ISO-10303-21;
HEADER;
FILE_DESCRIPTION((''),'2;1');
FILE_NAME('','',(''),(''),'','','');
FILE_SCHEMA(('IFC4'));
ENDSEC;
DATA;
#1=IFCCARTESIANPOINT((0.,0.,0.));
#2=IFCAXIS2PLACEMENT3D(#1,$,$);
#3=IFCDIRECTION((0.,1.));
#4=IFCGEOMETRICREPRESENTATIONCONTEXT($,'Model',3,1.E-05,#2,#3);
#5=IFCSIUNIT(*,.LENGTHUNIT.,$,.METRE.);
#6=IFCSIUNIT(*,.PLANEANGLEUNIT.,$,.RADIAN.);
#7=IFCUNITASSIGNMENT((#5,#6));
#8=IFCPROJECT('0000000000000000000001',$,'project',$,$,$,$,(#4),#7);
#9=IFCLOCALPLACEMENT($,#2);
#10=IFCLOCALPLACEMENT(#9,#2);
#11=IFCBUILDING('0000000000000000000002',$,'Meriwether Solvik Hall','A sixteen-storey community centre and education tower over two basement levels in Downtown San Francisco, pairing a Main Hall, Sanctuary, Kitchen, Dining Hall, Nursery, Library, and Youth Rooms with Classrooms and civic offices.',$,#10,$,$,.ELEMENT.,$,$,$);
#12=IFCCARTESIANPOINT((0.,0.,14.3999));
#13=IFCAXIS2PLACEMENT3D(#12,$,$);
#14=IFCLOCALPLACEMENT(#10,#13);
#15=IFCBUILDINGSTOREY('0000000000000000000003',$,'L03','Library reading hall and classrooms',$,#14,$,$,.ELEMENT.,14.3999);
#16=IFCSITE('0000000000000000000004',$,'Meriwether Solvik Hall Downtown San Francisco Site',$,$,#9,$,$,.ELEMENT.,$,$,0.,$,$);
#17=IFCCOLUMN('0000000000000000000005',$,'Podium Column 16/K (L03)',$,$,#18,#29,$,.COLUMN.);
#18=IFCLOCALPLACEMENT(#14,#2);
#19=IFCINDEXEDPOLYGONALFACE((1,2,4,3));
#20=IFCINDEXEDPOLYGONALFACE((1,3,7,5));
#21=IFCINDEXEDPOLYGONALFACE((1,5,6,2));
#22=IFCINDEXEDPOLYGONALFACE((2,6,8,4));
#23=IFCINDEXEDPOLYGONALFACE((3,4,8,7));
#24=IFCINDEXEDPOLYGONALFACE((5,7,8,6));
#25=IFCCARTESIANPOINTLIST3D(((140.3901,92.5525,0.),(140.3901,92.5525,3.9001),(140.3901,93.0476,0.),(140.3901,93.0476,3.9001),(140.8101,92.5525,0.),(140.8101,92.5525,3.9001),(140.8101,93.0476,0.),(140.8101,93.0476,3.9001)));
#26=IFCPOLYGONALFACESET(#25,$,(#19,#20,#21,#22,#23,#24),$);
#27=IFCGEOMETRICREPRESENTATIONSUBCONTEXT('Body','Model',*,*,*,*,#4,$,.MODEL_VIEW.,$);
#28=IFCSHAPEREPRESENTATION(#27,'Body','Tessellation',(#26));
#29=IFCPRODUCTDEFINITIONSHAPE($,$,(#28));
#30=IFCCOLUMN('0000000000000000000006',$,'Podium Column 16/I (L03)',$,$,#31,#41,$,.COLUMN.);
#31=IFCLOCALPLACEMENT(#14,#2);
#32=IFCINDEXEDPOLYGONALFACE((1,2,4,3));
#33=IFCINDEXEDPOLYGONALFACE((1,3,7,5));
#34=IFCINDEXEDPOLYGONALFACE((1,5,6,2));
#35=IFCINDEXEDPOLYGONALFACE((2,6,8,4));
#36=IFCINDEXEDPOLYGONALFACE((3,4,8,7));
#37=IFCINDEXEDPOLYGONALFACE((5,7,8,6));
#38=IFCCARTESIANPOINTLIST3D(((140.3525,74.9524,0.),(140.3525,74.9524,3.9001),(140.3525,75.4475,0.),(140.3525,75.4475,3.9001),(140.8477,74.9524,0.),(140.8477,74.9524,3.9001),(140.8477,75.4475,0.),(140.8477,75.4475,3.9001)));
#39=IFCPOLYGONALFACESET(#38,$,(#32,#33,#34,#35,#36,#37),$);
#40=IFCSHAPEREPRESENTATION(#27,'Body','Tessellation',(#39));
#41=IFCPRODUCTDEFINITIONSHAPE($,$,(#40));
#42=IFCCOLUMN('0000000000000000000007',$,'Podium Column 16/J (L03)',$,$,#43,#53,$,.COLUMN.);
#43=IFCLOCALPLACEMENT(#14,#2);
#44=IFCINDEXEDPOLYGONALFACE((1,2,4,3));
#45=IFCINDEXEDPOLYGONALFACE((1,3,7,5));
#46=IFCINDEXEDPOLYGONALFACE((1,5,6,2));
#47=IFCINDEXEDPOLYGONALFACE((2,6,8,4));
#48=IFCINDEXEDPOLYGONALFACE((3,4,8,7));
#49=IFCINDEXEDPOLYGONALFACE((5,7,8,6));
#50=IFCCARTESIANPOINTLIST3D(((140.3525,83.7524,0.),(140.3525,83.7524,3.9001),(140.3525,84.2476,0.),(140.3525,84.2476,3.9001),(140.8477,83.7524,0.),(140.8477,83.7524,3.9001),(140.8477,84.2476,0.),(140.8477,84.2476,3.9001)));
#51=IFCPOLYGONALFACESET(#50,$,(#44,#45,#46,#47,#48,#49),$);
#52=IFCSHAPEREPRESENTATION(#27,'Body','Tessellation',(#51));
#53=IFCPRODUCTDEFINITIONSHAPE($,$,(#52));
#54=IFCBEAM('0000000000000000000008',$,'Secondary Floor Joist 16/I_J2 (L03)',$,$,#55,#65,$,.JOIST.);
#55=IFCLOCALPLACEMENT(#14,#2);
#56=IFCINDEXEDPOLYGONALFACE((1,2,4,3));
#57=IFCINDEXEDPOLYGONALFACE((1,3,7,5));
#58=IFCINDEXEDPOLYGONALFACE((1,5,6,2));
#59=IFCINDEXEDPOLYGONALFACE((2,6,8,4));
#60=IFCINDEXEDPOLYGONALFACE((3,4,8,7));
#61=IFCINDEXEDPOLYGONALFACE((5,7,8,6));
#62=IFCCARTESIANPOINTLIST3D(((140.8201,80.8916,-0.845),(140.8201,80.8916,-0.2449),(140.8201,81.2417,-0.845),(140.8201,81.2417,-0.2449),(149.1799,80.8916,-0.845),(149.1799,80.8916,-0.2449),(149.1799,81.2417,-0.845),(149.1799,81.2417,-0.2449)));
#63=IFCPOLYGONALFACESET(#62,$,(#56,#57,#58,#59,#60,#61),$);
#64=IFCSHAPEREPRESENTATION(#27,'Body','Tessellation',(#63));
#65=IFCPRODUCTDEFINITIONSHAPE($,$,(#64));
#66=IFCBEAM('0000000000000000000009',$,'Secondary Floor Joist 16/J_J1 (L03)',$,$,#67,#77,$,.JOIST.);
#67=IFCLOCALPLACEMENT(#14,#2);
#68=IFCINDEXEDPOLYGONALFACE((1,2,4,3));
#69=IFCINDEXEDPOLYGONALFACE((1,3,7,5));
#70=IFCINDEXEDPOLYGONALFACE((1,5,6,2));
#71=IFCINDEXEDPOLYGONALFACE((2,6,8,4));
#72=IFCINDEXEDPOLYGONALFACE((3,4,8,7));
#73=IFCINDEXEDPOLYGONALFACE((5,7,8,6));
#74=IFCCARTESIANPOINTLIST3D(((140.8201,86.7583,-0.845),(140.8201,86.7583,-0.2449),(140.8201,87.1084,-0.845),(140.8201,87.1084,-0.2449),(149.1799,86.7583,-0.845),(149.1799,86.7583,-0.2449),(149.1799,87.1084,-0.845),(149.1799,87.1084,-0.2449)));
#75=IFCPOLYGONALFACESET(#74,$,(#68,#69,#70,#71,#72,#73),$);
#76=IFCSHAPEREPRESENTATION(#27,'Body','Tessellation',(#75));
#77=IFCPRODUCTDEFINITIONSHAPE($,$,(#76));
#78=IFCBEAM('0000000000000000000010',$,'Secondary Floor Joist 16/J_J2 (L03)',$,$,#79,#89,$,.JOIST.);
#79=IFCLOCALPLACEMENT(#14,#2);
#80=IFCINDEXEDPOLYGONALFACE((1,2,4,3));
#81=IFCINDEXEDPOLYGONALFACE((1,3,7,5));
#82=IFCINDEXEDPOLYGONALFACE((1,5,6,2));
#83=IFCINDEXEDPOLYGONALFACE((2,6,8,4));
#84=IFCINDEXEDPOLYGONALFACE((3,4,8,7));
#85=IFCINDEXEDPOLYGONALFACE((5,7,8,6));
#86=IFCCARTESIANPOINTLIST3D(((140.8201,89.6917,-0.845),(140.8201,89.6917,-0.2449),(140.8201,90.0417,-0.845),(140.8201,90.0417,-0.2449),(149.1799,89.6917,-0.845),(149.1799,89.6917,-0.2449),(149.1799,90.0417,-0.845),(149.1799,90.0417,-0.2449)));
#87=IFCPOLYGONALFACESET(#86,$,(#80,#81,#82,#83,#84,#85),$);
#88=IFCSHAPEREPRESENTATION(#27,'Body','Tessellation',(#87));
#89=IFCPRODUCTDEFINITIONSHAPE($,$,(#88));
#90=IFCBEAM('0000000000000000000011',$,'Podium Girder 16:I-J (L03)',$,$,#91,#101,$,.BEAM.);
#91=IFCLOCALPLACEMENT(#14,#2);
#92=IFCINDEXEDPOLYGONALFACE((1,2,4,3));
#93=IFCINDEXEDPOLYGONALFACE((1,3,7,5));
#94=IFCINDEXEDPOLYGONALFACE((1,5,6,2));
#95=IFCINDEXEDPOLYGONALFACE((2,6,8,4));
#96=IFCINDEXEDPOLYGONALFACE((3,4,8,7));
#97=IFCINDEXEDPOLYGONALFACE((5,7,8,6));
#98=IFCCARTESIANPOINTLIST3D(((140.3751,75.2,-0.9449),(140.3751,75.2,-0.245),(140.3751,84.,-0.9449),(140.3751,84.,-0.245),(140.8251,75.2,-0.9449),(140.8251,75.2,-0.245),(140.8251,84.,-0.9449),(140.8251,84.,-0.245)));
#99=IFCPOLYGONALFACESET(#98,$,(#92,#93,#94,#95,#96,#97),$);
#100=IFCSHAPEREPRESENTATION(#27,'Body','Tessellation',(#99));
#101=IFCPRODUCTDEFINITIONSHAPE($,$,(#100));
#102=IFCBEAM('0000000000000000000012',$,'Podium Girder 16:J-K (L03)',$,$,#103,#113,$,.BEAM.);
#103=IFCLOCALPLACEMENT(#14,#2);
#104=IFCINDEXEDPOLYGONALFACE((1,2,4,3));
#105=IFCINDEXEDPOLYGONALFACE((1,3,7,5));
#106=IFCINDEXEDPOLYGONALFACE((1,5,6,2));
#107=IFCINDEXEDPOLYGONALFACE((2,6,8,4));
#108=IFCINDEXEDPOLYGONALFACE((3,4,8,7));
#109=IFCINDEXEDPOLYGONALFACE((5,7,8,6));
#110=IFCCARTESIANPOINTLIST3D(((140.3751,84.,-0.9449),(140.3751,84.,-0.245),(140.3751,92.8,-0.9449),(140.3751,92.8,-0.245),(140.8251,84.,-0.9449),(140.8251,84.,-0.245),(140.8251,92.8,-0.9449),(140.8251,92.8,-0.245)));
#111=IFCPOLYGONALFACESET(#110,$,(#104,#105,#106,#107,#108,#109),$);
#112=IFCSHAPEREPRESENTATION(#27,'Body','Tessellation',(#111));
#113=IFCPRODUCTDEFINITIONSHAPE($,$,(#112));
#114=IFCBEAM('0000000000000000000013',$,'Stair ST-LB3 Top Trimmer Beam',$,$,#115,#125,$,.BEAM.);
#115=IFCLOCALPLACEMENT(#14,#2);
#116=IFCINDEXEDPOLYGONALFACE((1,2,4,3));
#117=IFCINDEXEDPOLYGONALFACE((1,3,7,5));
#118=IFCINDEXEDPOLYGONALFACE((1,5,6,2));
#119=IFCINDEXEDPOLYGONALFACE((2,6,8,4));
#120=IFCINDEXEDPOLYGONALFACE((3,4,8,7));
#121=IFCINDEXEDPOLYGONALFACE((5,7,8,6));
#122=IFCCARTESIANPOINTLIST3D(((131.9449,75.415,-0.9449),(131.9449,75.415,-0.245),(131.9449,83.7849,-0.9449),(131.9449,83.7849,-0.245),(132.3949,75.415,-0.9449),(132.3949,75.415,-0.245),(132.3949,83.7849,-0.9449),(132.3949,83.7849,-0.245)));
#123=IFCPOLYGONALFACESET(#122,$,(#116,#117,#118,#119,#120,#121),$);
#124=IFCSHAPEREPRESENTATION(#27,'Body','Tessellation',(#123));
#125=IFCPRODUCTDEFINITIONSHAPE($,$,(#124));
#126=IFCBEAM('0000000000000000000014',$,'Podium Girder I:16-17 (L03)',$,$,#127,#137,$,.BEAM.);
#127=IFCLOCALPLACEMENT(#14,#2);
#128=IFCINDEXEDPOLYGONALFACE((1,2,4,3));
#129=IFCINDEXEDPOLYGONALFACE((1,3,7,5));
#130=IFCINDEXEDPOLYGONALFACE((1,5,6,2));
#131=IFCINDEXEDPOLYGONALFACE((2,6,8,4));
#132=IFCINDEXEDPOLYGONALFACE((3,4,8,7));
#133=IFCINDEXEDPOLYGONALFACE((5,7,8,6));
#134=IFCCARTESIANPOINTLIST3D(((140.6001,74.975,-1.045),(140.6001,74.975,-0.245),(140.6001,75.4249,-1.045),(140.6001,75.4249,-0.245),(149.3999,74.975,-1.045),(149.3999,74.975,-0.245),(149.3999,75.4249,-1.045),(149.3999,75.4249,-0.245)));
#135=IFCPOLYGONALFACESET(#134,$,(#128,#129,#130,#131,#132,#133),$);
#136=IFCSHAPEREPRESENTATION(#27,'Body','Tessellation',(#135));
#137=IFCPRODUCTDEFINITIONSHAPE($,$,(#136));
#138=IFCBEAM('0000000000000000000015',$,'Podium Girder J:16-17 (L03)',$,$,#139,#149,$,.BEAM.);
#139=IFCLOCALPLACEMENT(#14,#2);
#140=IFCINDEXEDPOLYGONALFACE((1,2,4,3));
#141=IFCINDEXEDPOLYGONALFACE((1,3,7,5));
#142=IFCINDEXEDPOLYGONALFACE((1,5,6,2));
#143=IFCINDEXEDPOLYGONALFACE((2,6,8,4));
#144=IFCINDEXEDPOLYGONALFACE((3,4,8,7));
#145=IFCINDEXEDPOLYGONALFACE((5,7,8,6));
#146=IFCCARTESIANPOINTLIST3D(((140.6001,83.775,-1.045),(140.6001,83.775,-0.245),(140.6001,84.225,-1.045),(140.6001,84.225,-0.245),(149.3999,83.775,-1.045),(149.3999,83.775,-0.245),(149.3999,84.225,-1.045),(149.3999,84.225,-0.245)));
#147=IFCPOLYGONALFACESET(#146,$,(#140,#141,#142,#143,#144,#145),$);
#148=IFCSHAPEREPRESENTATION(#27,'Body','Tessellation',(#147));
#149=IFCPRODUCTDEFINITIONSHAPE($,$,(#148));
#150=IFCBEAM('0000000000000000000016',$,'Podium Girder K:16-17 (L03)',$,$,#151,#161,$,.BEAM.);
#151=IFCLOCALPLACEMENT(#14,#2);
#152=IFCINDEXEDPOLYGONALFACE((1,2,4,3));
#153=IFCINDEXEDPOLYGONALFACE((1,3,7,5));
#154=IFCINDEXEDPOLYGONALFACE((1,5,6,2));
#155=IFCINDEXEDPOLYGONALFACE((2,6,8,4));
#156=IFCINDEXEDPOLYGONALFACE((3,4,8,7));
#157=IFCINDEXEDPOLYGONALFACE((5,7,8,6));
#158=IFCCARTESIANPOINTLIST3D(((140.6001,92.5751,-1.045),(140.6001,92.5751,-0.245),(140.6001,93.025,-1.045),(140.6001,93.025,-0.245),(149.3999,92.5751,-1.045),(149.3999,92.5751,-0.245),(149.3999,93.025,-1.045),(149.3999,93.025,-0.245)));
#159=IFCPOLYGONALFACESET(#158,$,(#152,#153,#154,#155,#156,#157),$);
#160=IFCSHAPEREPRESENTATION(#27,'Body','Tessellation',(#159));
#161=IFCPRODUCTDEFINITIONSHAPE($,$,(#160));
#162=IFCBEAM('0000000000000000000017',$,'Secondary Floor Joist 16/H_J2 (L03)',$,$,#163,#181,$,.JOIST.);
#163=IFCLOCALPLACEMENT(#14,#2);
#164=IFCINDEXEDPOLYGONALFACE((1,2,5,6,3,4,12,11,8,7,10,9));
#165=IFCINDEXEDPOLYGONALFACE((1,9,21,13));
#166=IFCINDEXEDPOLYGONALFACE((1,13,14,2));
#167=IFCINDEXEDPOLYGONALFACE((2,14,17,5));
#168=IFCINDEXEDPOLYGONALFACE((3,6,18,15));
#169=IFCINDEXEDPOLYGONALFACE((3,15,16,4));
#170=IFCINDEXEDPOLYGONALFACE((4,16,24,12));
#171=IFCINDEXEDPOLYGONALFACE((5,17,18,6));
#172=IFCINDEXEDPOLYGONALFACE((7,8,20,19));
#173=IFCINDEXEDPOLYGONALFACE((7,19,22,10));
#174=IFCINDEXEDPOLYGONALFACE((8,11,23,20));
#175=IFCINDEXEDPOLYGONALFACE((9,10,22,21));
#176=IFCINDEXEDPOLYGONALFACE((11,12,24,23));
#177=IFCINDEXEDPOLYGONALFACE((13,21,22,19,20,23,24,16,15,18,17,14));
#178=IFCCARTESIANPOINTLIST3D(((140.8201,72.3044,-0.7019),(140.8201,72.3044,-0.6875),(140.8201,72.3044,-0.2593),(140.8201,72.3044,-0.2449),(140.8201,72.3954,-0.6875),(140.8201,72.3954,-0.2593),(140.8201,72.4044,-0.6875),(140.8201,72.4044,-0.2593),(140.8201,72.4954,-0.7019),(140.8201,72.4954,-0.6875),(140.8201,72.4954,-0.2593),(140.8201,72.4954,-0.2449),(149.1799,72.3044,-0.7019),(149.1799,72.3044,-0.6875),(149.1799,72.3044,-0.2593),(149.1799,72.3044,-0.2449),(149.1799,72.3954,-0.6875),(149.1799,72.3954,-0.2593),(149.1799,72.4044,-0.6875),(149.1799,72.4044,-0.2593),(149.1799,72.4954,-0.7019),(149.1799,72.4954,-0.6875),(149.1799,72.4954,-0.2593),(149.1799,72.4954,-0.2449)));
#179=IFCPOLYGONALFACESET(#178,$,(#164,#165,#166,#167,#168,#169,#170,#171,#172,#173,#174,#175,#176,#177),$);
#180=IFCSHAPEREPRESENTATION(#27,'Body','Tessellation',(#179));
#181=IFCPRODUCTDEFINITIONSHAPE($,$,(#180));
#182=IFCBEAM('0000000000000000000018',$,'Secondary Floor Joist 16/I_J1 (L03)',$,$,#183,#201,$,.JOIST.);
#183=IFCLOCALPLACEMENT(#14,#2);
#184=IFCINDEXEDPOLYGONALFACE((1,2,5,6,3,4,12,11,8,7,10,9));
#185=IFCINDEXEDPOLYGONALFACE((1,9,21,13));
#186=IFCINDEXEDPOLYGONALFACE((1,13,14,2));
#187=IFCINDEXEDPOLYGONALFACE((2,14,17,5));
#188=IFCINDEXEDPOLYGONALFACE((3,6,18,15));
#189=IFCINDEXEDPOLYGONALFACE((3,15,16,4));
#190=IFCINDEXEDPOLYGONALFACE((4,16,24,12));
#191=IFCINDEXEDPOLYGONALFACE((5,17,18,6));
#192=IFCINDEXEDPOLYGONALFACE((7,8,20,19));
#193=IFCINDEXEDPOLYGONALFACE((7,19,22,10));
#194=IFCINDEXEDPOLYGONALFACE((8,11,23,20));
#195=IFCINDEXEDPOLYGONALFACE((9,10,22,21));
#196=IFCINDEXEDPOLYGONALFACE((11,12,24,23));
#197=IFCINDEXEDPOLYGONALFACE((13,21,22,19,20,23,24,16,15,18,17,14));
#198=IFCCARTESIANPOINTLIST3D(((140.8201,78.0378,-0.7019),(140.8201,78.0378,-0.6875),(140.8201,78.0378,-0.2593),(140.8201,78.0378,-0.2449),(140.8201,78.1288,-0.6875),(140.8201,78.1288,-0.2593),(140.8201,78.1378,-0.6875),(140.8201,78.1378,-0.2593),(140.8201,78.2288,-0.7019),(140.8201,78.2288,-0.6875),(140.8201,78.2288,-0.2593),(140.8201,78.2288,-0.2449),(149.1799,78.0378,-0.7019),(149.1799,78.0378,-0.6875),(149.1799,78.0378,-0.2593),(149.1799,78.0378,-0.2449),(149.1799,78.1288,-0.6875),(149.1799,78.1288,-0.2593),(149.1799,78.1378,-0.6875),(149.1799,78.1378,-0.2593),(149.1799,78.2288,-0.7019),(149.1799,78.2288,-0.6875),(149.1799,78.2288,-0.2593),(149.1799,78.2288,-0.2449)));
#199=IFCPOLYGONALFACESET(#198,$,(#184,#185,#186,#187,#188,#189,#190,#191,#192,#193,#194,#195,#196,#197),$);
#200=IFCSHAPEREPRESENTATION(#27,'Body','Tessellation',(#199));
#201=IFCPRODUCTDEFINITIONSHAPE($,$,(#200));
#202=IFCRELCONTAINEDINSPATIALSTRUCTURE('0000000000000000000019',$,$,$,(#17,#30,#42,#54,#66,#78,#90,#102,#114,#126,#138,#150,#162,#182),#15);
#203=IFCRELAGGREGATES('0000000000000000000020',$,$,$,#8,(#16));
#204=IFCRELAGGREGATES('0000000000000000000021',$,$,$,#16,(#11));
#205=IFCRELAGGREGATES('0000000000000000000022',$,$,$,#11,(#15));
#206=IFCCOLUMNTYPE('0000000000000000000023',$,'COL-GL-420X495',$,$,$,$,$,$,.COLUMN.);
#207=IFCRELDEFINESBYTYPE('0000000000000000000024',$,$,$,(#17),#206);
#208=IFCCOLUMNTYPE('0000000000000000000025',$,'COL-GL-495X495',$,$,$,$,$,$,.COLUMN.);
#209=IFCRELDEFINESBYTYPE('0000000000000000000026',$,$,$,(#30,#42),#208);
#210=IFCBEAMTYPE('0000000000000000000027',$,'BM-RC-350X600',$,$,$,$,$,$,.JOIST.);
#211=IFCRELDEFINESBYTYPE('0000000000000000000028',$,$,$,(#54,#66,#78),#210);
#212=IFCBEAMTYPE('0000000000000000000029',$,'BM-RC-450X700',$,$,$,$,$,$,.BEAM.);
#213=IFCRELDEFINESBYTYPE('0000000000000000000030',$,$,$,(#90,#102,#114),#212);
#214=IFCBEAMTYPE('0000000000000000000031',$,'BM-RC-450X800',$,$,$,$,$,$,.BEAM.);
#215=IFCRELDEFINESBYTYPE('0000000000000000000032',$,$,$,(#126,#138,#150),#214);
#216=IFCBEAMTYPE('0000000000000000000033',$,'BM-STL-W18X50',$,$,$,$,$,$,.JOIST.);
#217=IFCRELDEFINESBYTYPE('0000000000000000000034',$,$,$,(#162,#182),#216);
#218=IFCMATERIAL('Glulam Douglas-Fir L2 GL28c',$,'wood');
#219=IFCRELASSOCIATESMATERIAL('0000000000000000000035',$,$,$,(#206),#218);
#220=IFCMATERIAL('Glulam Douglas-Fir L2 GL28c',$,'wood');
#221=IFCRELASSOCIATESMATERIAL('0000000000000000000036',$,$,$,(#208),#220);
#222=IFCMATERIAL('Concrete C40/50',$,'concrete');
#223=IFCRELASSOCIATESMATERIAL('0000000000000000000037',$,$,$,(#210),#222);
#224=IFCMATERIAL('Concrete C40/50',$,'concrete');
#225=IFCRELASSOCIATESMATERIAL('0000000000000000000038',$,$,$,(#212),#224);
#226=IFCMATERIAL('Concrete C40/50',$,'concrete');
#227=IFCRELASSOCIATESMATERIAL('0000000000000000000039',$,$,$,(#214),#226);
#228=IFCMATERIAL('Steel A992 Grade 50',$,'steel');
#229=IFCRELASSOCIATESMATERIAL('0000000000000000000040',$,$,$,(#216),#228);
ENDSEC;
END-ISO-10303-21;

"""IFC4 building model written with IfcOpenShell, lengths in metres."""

from ifc_helpers import new_model, si_unit, direction, frame, origin, origin_2d, place, context, subcontext, project, spatial, rectangle, i_section, extrude, material, material_profile, profile_set, type_object, element, save


model = new_model("IFC4")

# Units and contexts
model_context = context("Model", 3, precision=1e-05, world=origin(), true_north=direction((0.0, 1.0)))
body_context = subcontext(model_context, "Body", "Model", "MODEL_VIEW")
ifc_project = project(units=[si_unit("LENGTHUNIT", "METRE"), si_unit("PLANEANGLEUNIT", "RADIAN")], contexts=[model_context])

# Site, building, storey
site_placement = place(None, origin())
site = spatial("IfcSite", under=ifc_project, at=site_placement, Name="Meriwether Solvik Hall Downtown San Francisco Site", CompositionType="ELEMENT", RefElevation=0.0)
building_placement = place(site_placement, origin())
building = spatial("IfcBuilding", under=site, at=building_placement, Name="Meriwether Solvik Hall", Description="A sixteen-storey community centre and education tower over two basement levels in Downtown San Francisco, pairing a Main Hall, Sanctuary, Kitchen, Dining Hall, Nursery, Library, and Youth Rooms with Classrooms and civic offices.", CompositionType="ELEMENT")
storey_placement = place(building_placement, frame((0.0, 0.0, 14.3999)))
storey = spatial("IfcBuildingStorey", under=building, at=storey_placement, Name="L03", Description="Library reading hall and classrooms", CompositionType="ELEMENT", Elevation=14.3999)

# Columns
ifc_material_1 = material(Name="Glulam Douglas-Fir L2 GL28c", Category="wood")
ifc_material_profile_1 = material_profile(ifc_material_1, rectangle(XDim=0.4199, YDim=0.4951, at=origin_2d()), Name="GLC-420X495")
ifc_profile_set_1 = profile_set([ifc_material_profile_1], Name="Glulam Douglas-Fir L2 GL28c")
column_type_1 = type_object("IfcColumnType", Name="COL-GL-420X495", PredefinedType="COLUMN", material=ifc_profile_set_1)
column_placement = place(storey_placement, frame((140.6001, 92.8, 0.0), z_axis=(0.0, 0.0, 1.0), x_axis=(1.0, 0.0, 0.0)))
element("IfcColumn", 1, at=column_placement, inside=storey, type_object=column_type_1, Name="Podium Column 16/K (L03)", PredefinedType="COLUMN", context=body_context, shape_type="SweptSolid", body=[
    extrude(rectangle(XDim=0.4199, YDim=0.4951, at=origin_2d()), origin(), (0.0, 0.0, 1.0), 3.9001),
])
ifc_material_2 = material(Name="Glulam Douglas-Fir L2 GL28c", Category="wood")
ifc_material_profile_2 = material_profile(ifc_material_2, rectangle(XDim=0.4951, YDim=0.4951, at=origin_2d()), Name="GLC-495X495")
ifc_profile_set_2 = profile_set([ifc_material_profile_2], Name="Glulam Douglas-Fir L2 GL28c")
column_type_2 = type_object("IfcColumnType", Name="COL-GL-495X495", PredefinedType="COLUMN", material=ifc_profile_set_2)
for number, where, z_axis, x_axis, name in (
    (2, (140.6001, 75.2, 0.0), (0.0, 0.0, 1.0), (1.0, 0.0, 0.0), "Podium Column 16/I (L03)"),
    (3, (140.6001, 84.0, 0.0), (0.0, 0.0, 1.0), (1.0, 0.0, 0.0), "Podium Column 16/J (L03)"),
):
    element("IfcColumn", number, at=place(storey_placement, frame(where, z_axis=z_axis, x_axis=x_axis)), inside=storey, type_object=column_type_2, Name=name, PredefinedType="COLUMN", context=body_context, shape_type="SweptSolid", body=[
        extrude(rectangle(XDim=0.4951, YDim=0.4951, at=origin_2d()), origin(), (0.0, 0.0, 1.0), 3.9001),
    ])

# Beams
ifc_material_3 = material(Name="Concrete C40/50", Category="concrete")
ifc_material_profile_3 = material_profile(ifc_material_3, rectangle(XDim=0.3501, YDim=0.6001, at=origin_2d()), Name="RCB-350X600")
ifc_profile_set_3 = profile_set([ifc_material_profile_3], Name="Concrete C40/50")
beam_type_1 = type_object("IfcBeamType", Name="BM-RC-350X600", PredefinedType="JOIST", material=ifc_profile_set_3)
for number, where, z_axis, x_axis, name in (
    (4, (140.8201, 81.0667, -0.5449), (1.0, 0.0, 0.0), (0.0, 1.0, 0.0), "Secondary Floor Joist 16/I_J2 (L03)"),
    (5, (140.8201, 86.9333, -0.5449), (1.0, 0.0, 0.0), (0.0, 1.0, 0.0), "Secondary Floor Joist 16/J_J1 (L03)"),
    (6, (140.8201, 89.8667, -0.5449), (1.0, 0.0, 0.0), (0.0, 1.0, 0.0), "Secondary Floor Joist 16/J_J2 (L03)"),
):
    element("IfcBeam", number, at=place(storey_placement, frame(where, z_axis=z_axis, x_axis=x_axis)), inside=storey, type_object=beam_type_1, Name=name, PredefinedType="JOIST", context=body_context, shape_type="SweptSolid", body=[
        extrude(rectangle(XDim=0.3501, YDim=0.6001, at=origin_2d()), origin(), (0.0, 0.0, 1.0), 8.3599),
    ])
ifc_material_4 = material(Name="Concrete C40/50", Category="concrete")
ifc_material_profile_4 = material_profile(ifc_material_4, rectangle(XDim=0.45, YDim=0.7, at=origin_2d()), Name="RCB-450X700")
ifc_profile_set_4 = profile_set([ifc_material_profile_4], Name="Concrete C40/50")
beam_type_2 = type_object("IfcBeamType", Name="BM-RC-450X700", PredefinedType="BEAM", material=ifc_profile_set_4)
for number, where, z_axis, x_axis, name in (
    (7, (140.6001, 75.2, -0.595), (0.0, 1.0, 0.0), (-1.0, 0.0, 0.0), "Podium Girder 16:I-J (L03)"),
    (8, (140.6001, 84.0, -0.595), (0.0, 1.0, 0.0), (-1.0, 0.0, 0.0), "Podium Girder 16:J-K (L03)"),
):
    element("IfcBeam", number, at=place(storey_placement, frame(where, z_axis=z_axis, x_axis=x_axis)), inside=storey, type_object=beam_type_2, Name=name, PredefinedType="BEAM", context=body_context, shape_type="SweptSolid", body=[
        extrude(rectangle(XDim=0.45, YDim=0.7, at=origin_2d()), origin(), (0.0, 0.0, 1.0), 8.8),
    ])
beam_placement = place(storey_placement, frame((132.1699, 75.415, -0.595), z_axis=(0.0, 1.0, 0.0), x_axis=(-1.0, 0.0, 0.0)))
element("IfcBeam", 9, at=beam_placement, inside=storey, type_object=beam_type_2, Name="Stair ST-LB3 Top Trimmer Beam", PredefinedType="BEAM", context=body_context, shape_type="SweptSolid", body=[
    extrude(rectangle(XDim=0.45, YDim=0.7, at=origin_2d()), origin(), (0.0, 0.0, 1.0), 8.3699),
])
ifc_material_5 = material(Name="Concrete C40/50", Category="concrete")
ifc_material_profile_5 = material_profile(ifc_material_5, rectangle(XDim=0.45, YDim=0.8, at=origin_2d()), Name="RCB-450X800")
ifc_profile_set_5 = profile_set([ifc_material_profile_5], Name="Concrete C40/50")
beam_type_3 = type_object("IfcBeamType", Name="BM-RC-450X800", PredefinedType="BEAM", material=ifc_profile_set_5)
for number, where, z_axis, x_axis, name in (
    (10, (140.6001, 75.2, -0.645), (1.0, 0.0, 0.0), (0.0, 1.0, 0.0), "Podium Girder I:16-17 (L03)"),
    (11, (140.6001, 84.0, -0.645), (1.0, 0.0, 0.0), (0.0, 1.0, 0.0), "Podium Girder J:16-17 (L03)"),
    (12, (140.6001, 92.8, -0.645), (1.0, 0.0, 0.0), (0.0, 1.0, 0.0), "Podium Girder K:16-17 (L03)"),
):
    element("IfcBeam", number, at=place(storey_placement, frame(where, z_axis=z_axis, x_axis=x_axis)), inside=storey, type_object=beam_type_3, Name=name, PredefinedType="BEAM", context=body_context, shape_type="SweptSolid", body=[
        extrude(rectangle(XDim=0.45, YDim=0.8, at=origin_2d()), origin(), (0.0, 0.0, 1.0), 8.7998),
    ])
ifc_material_6 = material(Name="Steel A992 Grade 50", Category="steel")
ifc_material_profile_6 = material_profile(ifc_material_6, i_section(OverallWidth=0.1909, OverallDepth=0.457, WebThickness=0.009, FlangeThickness=0.0144, at=origin_2d()), Name="W18X50")
ifc_profile_set_6 = profile_set([ifc_material_profile_6], Name="Steel A992 Grade 50")
beam_type_4 = type_object("IfcBeamType", Name="BM-STL-W18X50", PredefinedType="JOIST", material=ifc_profile_set_6)
for number, where, z_axis, x_axis, name in (
    (13, (140.8201, 72.3999, -0.4734), (1.0, 0.0, 0.0), (0.0, 1.0, 0.0), "Secondary Floor Joist 16/H_J2 (L03)"),
    (14, (140.8201, 78.1333, -0.4734), (1.0, 0.0, 0.0), (0.0, 1.0, 0.0), "Secondary Floor Joist 16/I_J1 (L03)"),
):
    element("IfcBeam", number, at=place(storey_placement, frame(where, z_axis=z_axis, x_axis=x_axis)), inside=storey, type_object=beam_type_4, Name=name, PredefinedType="JOIST", context=body_context, shape_type="SweptSolid", body=[
        extrude(i_section(OverallWidth=0.1909, OverallDepth=0.457, WebThickness=0.009, FlangeThickness=0.0144, at=origin_2d()), origin(), (0.0, 0.0, 1.0), 8.3599),
    ])

save(model, "model.ifc")
